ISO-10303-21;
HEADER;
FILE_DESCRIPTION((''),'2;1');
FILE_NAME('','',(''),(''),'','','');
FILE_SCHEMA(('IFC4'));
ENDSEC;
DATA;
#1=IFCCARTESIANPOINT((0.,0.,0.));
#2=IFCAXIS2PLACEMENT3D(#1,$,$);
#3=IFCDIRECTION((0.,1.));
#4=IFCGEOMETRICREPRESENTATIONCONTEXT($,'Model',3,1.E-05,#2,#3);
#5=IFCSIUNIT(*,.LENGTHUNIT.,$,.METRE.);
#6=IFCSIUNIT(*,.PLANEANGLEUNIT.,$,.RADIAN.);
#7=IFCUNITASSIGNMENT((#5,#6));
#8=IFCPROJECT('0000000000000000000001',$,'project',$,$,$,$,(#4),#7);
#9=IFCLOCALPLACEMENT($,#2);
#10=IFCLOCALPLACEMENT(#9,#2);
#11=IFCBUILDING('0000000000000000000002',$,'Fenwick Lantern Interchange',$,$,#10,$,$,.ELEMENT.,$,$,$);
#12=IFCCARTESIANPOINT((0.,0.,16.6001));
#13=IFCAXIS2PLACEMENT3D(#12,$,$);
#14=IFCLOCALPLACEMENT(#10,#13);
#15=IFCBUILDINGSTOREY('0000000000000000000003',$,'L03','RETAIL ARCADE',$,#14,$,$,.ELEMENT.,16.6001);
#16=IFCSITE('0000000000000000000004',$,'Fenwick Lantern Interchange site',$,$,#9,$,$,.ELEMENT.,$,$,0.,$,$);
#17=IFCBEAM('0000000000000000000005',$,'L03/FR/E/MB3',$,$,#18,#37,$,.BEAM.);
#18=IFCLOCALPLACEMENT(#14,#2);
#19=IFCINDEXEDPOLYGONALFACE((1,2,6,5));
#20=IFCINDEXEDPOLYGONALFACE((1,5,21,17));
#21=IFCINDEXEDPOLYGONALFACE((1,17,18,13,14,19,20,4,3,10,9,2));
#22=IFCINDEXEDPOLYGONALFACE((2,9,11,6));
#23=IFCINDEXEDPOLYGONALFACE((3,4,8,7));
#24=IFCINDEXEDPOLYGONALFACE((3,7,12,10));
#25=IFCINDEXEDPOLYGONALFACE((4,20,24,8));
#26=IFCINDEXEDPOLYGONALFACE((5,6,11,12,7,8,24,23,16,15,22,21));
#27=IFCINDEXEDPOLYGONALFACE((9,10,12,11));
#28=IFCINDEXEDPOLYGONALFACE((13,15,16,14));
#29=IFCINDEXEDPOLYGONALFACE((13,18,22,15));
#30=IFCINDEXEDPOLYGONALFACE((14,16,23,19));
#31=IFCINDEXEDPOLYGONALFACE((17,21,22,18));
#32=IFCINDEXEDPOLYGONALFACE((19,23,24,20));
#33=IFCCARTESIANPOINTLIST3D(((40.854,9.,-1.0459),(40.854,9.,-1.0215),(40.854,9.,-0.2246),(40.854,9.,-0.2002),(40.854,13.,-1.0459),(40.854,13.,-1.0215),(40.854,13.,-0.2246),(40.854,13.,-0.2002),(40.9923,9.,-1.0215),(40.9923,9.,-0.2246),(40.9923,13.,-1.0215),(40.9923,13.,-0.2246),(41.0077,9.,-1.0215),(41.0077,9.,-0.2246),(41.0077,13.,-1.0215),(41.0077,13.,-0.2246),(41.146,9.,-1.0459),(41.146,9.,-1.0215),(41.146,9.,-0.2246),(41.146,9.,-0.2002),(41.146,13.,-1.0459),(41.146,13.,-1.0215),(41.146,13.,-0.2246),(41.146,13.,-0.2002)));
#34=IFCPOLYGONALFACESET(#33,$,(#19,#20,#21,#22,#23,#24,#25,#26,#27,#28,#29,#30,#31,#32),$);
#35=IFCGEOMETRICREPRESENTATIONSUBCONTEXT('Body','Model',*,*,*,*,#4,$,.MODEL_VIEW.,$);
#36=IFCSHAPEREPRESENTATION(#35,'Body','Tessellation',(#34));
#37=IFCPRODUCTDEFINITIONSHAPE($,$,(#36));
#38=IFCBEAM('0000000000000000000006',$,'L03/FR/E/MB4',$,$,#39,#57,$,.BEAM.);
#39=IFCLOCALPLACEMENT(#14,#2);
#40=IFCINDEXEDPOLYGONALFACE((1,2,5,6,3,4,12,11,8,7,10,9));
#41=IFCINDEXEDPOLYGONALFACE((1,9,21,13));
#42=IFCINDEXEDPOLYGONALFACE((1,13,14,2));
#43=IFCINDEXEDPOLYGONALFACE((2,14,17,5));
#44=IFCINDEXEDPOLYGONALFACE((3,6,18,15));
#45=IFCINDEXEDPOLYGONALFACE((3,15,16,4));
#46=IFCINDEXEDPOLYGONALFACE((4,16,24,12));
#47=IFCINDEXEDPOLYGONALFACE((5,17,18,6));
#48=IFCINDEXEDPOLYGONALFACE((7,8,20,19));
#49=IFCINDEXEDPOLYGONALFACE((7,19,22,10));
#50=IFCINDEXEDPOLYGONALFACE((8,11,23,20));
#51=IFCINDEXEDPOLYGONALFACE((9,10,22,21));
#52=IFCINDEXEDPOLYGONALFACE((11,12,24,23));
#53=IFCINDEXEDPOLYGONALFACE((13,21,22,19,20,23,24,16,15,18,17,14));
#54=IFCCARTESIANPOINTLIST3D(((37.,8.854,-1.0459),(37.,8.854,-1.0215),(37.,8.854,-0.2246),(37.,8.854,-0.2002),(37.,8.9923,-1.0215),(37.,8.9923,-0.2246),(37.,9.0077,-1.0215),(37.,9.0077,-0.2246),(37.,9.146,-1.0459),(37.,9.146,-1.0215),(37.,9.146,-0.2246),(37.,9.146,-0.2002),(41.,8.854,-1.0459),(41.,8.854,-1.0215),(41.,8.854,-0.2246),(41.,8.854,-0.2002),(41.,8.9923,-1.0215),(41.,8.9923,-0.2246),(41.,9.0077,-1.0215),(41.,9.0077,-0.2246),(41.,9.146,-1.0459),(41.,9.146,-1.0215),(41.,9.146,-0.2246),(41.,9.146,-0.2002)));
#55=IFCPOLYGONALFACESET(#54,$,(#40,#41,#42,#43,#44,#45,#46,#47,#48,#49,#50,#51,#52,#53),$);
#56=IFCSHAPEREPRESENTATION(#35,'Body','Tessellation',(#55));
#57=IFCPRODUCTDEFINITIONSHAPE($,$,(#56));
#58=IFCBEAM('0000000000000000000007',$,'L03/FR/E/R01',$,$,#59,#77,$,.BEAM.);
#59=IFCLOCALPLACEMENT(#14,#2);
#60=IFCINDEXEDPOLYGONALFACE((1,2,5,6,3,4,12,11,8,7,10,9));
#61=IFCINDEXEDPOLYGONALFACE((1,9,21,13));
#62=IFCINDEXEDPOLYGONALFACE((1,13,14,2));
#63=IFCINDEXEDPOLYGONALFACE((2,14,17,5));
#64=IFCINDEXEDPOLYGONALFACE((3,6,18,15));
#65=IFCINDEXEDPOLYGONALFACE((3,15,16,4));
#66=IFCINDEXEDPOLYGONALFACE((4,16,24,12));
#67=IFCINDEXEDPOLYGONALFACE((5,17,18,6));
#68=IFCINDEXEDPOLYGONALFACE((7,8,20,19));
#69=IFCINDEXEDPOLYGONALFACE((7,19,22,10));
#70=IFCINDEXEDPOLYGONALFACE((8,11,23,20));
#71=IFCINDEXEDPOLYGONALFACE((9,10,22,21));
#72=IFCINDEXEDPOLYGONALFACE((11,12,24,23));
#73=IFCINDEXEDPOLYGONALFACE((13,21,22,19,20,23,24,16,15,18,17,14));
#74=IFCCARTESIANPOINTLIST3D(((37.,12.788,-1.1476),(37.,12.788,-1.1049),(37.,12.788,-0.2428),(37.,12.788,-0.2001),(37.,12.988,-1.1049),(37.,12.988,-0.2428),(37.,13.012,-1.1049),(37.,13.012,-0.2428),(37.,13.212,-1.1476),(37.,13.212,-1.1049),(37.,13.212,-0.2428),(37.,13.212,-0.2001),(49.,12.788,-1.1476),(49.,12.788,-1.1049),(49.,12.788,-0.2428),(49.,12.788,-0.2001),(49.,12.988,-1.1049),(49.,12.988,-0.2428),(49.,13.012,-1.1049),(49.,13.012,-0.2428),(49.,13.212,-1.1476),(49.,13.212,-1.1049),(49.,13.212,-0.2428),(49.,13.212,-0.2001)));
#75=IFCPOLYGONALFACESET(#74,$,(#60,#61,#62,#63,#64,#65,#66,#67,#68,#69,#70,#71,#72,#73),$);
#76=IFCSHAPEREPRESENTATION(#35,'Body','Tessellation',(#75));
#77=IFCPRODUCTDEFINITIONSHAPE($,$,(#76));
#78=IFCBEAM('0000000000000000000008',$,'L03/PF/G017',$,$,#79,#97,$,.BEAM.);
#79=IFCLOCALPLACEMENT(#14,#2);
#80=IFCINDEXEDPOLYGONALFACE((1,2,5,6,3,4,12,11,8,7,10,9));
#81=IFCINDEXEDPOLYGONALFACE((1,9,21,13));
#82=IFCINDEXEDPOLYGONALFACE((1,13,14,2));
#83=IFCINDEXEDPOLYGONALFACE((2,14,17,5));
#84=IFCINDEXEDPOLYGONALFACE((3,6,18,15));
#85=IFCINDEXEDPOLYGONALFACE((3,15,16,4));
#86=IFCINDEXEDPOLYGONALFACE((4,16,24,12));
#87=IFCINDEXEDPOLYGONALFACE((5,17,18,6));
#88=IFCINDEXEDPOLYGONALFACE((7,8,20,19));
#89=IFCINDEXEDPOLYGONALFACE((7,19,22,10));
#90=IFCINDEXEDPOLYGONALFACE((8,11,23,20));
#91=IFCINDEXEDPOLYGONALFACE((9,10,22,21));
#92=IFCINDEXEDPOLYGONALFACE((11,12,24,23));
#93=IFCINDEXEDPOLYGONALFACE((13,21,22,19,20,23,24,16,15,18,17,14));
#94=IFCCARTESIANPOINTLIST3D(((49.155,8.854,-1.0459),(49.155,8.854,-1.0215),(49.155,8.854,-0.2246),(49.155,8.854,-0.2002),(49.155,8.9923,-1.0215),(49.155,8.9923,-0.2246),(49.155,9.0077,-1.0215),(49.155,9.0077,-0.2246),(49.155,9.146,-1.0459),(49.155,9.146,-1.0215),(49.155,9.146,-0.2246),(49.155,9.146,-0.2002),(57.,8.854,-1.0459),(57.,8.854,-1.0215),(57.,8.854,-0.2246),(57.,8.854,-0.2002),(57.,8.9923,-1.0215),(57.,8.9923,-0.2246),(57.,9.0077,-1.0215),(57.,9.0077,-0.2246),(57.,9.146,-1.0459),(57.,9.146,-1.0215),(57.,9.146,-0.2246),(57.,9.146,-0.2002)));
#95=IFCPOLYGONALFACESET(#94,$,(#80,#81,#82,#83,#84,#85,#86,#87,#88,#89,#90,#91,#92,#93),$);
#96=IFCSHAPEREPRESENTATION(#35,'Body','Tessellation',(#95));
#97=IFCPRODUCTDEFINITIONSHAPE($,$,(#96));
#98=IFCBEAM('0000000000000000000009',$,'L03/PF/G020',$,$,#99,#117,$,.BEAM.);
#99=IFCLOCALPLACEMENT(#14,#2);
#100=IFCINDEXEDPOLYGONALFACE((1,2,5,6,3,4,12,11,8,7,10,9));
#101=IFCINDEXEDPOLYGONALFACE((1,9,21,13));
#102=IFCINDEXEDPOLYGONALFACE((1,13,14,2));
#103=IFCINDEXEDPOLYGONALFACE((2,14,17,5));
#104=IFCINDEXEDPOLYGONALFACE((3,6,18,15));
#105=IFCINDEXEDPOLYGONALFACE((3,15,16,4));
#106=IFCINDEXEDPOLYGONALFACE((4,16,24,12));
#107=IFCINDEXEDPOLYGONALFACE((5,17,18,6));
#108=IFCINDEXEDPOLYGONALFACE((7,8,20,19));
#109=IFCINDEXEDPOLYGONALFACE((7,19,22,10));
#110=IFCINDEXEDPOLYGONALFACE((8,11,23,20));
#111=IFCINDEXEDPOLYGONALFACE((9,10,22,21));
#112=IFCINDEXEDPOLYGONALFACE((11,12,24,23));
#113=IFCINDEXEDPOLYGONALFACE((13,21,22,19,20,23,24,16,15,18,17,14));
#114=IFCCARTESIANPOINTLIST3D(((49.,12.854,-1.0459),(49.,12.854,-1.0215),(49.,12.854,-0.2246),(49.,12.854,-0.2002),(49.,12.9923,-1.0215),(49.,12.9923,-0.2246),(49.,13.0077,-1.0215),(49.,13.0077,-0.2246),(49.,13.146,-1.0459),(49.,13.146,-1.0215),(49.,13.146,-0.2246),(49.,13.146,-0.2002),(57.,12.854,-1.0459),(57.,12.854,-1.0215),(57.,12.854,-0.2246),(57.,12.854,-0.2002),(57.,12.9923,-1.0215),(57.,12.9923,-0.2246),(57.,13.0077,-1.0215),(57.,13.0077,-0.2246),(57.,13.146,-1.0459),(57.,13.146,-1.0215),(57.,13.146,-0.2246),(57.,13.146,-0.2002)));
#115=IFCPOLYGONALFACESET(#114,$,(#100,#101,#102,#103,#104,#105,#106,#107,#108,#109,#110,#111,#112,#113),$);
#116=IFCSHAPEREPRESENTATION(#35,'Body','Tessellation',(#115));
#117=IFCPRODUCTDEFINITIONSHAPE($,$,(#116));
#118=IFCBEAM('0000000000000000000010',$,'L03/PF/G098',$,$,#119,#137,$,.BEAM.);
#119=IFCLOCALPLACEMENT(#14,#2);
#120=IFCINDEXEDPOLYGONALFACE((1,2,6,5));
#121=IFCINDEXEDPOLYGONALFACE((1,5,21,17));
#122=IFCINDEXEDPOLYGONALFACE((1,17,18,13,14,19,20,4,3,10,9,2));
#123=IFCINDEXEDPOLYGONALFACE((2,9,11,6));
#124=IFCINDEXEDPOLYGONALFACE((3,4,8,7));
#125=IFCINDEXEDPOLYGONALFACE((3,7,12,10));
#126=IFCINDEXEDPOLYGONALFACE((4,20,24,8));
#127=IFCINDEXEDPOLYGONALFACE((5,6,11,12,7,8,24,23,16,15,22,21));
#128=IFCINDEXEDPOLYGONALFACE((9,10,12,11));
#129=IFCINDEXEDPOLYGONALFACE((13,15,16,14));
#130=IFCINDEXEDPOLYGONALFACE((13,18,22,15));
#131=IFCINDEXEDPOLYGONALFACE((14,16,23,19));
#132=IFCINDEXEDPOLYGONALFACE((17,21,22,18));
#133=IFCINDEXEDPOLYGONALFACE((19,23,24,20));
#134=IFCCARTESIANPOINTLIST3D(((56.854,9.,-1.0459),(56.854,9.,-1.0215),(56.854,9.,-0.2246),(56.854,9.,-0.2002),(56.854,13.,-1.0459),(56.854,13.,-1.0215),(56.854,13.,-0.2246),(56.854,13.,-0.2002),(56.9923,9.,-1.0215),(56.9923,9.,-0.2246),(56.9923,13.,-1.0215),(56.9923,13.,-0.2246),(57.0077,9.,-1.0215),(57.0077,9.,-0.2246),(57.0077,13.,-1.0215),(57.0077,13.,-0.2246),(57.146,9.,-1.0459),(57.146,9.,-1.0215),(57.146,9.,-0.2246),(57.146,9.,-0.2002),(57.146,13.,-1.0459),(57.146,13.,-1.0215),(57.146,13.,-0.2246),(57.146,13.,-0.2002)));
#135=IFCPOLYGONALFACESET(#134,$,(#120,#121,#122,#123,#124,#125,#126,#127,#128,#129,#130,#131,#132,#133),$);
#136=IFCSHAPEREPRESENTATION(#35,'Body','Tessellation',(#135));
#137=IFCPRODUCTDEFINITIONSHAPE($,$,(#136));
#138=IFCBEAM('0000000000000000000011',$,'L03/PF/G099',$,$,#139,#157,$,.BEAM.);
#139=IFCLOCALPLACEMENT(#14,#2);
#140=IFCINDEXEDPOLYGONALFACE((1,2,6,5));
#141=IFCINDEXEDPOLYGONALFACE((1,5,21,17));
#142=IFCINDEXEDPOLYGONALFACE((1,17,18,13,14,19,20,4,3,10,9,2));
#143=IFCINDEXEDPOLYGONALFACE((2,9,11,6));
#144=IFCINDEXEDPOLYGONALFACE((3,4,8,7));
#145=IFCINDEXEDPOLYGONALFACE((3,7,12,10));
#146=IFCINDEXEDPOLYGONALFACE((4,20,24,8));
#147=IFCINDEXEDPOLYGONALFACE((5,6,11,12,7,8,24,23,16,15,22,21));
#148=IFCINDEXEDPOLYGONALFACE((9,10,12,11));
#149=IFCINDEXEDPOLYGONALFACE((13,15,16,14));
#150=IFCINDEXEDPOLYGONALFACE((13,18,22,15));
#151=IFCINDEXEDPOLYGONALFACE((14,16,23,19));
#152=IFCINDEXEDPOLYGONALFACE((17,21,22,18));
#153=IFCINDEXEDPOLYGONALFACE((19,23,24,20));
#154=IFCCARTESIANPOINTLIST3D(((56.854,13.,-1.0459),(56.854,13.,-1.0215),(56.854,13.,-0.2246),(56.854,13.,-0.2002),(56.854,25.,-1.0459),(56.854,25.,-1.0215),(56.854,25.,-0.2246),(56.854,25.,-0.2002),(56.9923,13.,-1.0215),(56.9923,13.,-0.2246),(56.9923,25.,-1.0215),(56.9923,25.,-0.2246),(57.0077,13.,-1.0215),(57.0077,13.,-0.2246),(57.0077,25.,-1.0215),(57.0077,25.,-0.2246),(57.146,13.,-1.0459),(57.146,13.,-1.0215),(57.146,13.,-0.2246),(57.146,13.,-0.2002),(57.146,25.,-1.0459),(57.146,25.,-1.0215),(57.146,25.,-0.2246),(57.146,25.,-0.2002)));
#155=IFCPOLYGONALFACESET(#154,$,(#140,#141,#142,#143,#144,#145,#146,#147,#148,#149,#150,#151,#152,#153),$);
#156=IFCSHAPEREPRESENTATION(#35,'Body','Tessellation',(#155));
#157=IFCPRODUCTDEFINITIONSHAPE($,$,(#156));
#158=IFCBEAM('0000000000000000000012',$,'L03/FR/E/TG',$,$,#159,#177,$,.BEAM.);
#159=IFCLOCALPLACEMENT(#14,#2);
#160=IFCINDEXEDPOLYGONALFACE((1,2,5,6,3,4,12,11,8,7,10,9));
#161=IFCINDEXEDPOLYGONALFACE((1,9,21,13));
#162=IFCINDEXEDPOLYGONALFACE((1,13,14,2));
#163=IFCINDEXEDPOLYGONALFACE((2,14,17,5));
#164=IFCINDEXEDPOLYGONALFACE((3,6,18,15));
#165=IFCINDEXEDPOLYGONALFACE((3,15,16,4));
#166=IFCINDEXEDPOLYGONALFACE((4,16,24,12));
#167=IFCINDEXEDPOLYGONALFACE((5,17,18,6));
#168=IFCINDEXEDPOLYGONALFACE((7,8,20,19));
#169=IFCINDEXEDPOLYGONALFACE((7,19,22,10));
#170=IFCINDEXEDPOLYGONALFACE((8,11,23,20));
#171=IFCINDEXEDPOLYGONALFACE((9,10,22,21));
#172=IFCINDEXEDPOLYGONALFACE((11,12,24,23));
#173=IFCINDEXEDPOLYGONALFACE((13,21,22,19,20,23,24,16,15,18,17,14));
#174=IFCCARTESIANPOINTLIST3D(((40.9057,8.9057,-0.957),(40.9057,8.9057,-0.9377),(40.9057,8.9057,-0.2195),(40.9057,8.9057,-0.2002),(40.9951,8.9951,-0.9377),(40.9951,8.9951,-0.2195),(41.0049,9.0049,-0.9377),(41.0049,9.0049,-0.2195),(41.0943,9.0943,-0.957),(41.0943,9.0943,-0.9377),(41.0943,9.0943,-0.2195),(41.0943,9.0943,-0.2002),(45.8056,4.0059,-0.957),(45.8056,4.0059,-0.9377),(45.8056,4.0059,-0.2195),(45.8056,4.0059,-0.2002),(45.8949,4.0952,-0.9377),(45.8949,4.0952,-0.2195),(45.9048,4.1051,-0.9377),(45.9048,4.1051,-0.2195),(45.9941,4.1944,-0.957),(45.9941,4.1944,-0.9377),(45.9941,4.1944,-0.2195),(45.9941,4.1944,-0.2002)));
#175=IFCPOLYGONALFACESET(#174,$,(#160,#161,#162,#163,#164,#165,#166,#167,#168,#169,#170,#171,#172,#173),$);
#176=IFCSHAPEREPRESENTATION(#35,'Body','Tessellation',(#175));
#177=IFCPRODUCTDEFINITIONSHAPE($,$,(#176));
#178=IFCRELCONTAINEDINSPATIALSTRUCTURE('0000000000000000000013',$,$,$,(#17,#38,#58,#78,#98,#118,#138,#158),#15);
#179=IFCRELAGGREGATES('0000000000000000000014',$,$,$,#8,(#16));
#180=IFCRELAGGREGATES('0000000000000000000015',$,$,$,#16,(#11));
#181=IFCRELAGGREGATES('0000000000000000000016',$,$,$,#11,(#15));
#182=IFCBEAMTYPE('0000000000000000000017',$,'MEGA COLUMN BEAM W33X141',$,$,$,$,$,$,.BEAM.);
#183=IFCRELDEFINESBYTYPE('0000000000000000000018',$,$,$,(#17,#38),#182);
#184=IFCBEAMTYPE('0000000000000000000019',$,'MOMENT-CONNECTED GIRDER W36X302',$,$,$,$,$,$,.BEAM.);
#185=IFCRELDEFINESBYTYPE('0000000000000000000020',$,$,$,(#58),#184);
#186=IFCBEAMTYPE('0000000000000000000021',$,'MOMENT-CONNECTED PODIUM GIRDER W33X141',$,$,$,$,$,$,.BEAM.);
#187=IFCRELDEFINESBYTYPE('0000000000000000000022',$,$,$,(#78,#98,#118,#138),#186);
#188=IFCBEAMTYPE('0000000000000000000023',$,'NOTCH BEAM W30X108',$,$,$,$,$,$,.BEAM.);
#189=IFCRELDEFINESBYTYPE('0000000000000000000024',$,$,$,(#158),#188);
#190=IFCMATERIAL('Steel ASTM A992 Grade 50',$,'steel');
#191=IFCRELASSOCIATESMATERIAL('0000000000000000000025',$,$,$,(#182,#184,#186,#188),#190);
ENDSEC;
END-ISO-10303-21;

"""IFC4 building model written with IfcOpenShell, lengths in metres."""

from ifc_helpers import new_model, si_unit, direction, frame, origin, origin_2d, place, context, subcontext, project, spatial, i_section, extrude, material, material_profile, profile_set, type_object, element, save


model = new_model("IFC4")

# Units and contexts
model_context = context("Model", 3, precision=1e-05, world=origin(), true_north=direction((0.0, 1.0)))
body_context = subcontext(model_context, "Body", "Model", "MODEL_VIEW")
ifc_project = project(units=[si_unit("LENGTHUNIT", "METRE"), si_unit("PLANEANGLEUNIT", "RADIAN")], contexts=[model_context])

# Site, building, storey
site_placement = place(None, origin())
site = spatial("IfcSite", under=ifc_project, at=site_placement, Name="Fenwick Lantern Interchange site", CompositionType="ELEMENT", RefElevation=0.0)
building_placement = place(site_placement, origin())
building = spatial("IfcBuilding", under=site, at=building_placement, Name="Fenwick Lantern Interchange", CompositionType="ELEMENT")
storey_placement = place(building_placement, frame((0.0, 0.0, 16.6001)))
storey = spatial("IfcBuildingStorey", under=building, at=storey_placement, Name="L03", Description="RETAIL ARCADE", CompositionType="ELEMENT", Elevation=16.6001)

# Shared definitions
ifc_material_1 = material(Name="Steel ASTM A992 Grade 50", Category="steel")

# Beams
ifc_material_profile_1 = material_profile(ifc_material_1, i_section(OverallWidth=0.292, OverallDepth=0.8457, WebThickness=0.0154, FlangeThickness=0.0244, at=origin_2d()), Name="W33X141")
ifc_profile_set_1 = profile_set([ifc_material_profile_1], Name="Steel ASTM A992 Grade 50")
beam_type_1 = type_object("IfcBeamType", Name="MEGA COLUMN BEAM W33X141", PredefinedType="BEAM", material=ifc_profile_set_1)
for number, where, z_axis, x_axis, name in (
    (1, (41.0, 9.0, -0.623), (0.0, 1.0, 0.0), (-1.0, 0.0, 0.0), "L03/FR/E/MB3"),
    (2, (41.0, 9.0, -0.623), (-1.0, 0.0, 0.0), (0.0, -1.0, 0.0), "L03/FR/E/MB4"),
):
    element("IfcBeam", number, at=place(storey_placement, frame(where, z_axis=z_axis, x_axis=x_axis)), inside=storey, type_object=beam_type_1, Name=name, PredefinedType="BEAM", context=body_context, shape_type="SweptSolid", body=[
        extrude(i_section(OverallWidth=0.292, OverallDepth=0.8457, WebThickness=0.0154, FlangeThickness=0.0244, at=origin_2d()), origin(), (0.0, 0.0, 1.0), 4.0),
    ])
ifc_material_profile_2 = material_profile(ifc_material_1, i_section(OverallWidth=0.4241, OverallDepth=0.9475, WebThickness=0.0239, FlangeThickness=0.0427, at=origin_2d()), Name="W36X302")
ifc_profile_set_2 = profile_set([ifc_material_profile_2], Name="Steel ASTM A992 Grade 50")
beam_type_2 = type_object("IfcBeamType", Name="MOMENT-CONNECTED GIRDER W36X302", PredefinedType="BEAM", material=ifc_profile_set_2)
beam_1_placement = place(storey_placement, frame((49.0, 13.0, -0.6738), z_axis=(-1.0, 0.0, 0.0), x_axis=(0.0, -1.0, 0.0)))
element("IfcBeam", 3, at=beam_1_placement, inside=storey, type_object=beam_type_2, Name="L03/FR/E/R01", PredefinedType="BEAM", context=body_context, shape_type="SweptSolid", body=[
    extrude(i_section(OverallWidth=0.4241, OverallDepth=0.9475, WebThickness=0.0239, FlangeThickness=0.0427, at=origin_2d()), origin(), (0.0, 0.0, 1.0), 12.0),
])
ifc_material_profile_3 = material_profile(ifc_material_1, i_section(OverallWidth=0.292, OverallDepth=0.8457, WebThickness=0.0154, FlangeThickness=0.0244, at=origin_2d()), Name="W33X141")
ifc_profile_set_3 = profile_set([ifc_material_profile_3], Name="Steel ASTM A992 Grade 50")
beam_type_3 = type_object("IfcBeamType", Name="MOMENT-CONNECTED PODIUM GIRDER W33X141", PredefinedType="BEAM", material=ifc_profile_set_3)
beam_2_placement = place(storey_placement, frame((49.155, 9.0, -0.623), z_axis=(1.0, 0.0, 0.0), x_axis=(0.0, 1.0, 0.0)))
element("IfcBeam", 4, at=beam_2_placement, inside=storey, type_object=beam_type_3, Name="L03/PF/G017", PredefinedType="BEAM", context=body_context, shape_type="SweptSolid", body=[
    extrude(i_section(OverallWidth=0.292, OverallDepth=0.8457, WebThickness=0.0154, FlangeThickness=0.0244, at=origin_2d()), origin(), (0.0, 0.0, 1.0), 7.845),
])
beam_3_placement = place(storey_placement, frame((49.0, 13.0, -0.623), z_axis=(1.0, 0.0, 0.0), x_axis=(0.0, 1.0, 0.0)))
element("IfcBeam", 5, at=beam_3_placement, inside=storey, type_object=beam_type_3, Name="L03/PF/G020", PredefinedType="BEAM", context=body_context, shape_type="SweptSolid", body=[
    extrude(i_section(OverallWidth=0.292, OverallDepth=0.8457, WebThickness=0.0154, FlangeThickness=0.0244, at=origin_2d()), origin(), (0.0, 0.0, 1.0), 8.0),
])
beam_4_placement = place(storey_placement, frame((57.0, 9.0, -0.623), z_axis=(0.0, 1.0, 0.0), x_axis=(-1.0, 0.0, 0.0)))
element("IfcBeam", 6, at=beam_4_placement, inside=storey, type_object=beam_type_3, Name="L03/PF/G098", PredefinedType="BEAM", context=body_context, shape_type="SweptSolid", body=[
    extrude(i_section(OverallWidth=0.292, OverallDepth=0.8457, WebThickness=0.0154, FlangeThickness=0.0244, at=origin_2d()), origin(), (0.0, 0.0, 1.0), 4.0),
])
beam_5_placement = place(storey_placement, frame((57.0, 13.0, -0.623), z_axis=(0.0, 1.0, 0.0), x_axis=(-1.0, 0.0, 0.0)))
element("IfcBeam", 7, at=beam_5_placement, inside=storey, type_object=beam_type_3, Name="L03/PF/G099", PredefinedType="BEAM", context=body_context, shape_type="SweptSolid", body=[
    extrude(i_section(OverallWidth=0.292, OverallDepth=0.8457, WebThickness=0.0154, FlangeThickness=0.0244, at=origin_2d()), origin(), (0.0, 0.0, 1.0), 12.0),
])
ifc_material_profile_4 = material_profile(ifc_material_1, i_section(OverallWidth=0.2666, OverallDepth=0.7568, WebThickness=0.0139, FlangeThickness=0.0193, at=origin_2d()), Name="W30X108")
ifc_profile_set_4 = profile_set([ifc_material_profile_4], Name="Steel ASTM A992 Grade 50")
beam_type_4 = type_object("IfcBeamType", Name="NOTCH BEAM W30X108", PredefinedType="BEAM", material=ifc_profile_set_4)
beam_6_placement = place(storey_placement, frame((41.0, 9.0, -0.5786), z_axis=(0.707107, -0.707107, 0.0), x_axis=(0.707107, 0.707107, 0.0)))
element("IfcBeam", 8, at=beam_6_placement, inside=storey, type_object=beam_type_4, Name="L03/FR/E/TG", PredefinedType="BEAM", context=body_context, shape_type="SweptSolid", body=[
    extrude(i_section(OverallWidth=0.2666, OverallDepth=0.7568, WebThickness=0.0139, FlangeThickness=0.0193, at=origin_2d()), origin(), (0.0, 0.0, 1.0), 6.9294),
])

save(model, "model.ifc")
